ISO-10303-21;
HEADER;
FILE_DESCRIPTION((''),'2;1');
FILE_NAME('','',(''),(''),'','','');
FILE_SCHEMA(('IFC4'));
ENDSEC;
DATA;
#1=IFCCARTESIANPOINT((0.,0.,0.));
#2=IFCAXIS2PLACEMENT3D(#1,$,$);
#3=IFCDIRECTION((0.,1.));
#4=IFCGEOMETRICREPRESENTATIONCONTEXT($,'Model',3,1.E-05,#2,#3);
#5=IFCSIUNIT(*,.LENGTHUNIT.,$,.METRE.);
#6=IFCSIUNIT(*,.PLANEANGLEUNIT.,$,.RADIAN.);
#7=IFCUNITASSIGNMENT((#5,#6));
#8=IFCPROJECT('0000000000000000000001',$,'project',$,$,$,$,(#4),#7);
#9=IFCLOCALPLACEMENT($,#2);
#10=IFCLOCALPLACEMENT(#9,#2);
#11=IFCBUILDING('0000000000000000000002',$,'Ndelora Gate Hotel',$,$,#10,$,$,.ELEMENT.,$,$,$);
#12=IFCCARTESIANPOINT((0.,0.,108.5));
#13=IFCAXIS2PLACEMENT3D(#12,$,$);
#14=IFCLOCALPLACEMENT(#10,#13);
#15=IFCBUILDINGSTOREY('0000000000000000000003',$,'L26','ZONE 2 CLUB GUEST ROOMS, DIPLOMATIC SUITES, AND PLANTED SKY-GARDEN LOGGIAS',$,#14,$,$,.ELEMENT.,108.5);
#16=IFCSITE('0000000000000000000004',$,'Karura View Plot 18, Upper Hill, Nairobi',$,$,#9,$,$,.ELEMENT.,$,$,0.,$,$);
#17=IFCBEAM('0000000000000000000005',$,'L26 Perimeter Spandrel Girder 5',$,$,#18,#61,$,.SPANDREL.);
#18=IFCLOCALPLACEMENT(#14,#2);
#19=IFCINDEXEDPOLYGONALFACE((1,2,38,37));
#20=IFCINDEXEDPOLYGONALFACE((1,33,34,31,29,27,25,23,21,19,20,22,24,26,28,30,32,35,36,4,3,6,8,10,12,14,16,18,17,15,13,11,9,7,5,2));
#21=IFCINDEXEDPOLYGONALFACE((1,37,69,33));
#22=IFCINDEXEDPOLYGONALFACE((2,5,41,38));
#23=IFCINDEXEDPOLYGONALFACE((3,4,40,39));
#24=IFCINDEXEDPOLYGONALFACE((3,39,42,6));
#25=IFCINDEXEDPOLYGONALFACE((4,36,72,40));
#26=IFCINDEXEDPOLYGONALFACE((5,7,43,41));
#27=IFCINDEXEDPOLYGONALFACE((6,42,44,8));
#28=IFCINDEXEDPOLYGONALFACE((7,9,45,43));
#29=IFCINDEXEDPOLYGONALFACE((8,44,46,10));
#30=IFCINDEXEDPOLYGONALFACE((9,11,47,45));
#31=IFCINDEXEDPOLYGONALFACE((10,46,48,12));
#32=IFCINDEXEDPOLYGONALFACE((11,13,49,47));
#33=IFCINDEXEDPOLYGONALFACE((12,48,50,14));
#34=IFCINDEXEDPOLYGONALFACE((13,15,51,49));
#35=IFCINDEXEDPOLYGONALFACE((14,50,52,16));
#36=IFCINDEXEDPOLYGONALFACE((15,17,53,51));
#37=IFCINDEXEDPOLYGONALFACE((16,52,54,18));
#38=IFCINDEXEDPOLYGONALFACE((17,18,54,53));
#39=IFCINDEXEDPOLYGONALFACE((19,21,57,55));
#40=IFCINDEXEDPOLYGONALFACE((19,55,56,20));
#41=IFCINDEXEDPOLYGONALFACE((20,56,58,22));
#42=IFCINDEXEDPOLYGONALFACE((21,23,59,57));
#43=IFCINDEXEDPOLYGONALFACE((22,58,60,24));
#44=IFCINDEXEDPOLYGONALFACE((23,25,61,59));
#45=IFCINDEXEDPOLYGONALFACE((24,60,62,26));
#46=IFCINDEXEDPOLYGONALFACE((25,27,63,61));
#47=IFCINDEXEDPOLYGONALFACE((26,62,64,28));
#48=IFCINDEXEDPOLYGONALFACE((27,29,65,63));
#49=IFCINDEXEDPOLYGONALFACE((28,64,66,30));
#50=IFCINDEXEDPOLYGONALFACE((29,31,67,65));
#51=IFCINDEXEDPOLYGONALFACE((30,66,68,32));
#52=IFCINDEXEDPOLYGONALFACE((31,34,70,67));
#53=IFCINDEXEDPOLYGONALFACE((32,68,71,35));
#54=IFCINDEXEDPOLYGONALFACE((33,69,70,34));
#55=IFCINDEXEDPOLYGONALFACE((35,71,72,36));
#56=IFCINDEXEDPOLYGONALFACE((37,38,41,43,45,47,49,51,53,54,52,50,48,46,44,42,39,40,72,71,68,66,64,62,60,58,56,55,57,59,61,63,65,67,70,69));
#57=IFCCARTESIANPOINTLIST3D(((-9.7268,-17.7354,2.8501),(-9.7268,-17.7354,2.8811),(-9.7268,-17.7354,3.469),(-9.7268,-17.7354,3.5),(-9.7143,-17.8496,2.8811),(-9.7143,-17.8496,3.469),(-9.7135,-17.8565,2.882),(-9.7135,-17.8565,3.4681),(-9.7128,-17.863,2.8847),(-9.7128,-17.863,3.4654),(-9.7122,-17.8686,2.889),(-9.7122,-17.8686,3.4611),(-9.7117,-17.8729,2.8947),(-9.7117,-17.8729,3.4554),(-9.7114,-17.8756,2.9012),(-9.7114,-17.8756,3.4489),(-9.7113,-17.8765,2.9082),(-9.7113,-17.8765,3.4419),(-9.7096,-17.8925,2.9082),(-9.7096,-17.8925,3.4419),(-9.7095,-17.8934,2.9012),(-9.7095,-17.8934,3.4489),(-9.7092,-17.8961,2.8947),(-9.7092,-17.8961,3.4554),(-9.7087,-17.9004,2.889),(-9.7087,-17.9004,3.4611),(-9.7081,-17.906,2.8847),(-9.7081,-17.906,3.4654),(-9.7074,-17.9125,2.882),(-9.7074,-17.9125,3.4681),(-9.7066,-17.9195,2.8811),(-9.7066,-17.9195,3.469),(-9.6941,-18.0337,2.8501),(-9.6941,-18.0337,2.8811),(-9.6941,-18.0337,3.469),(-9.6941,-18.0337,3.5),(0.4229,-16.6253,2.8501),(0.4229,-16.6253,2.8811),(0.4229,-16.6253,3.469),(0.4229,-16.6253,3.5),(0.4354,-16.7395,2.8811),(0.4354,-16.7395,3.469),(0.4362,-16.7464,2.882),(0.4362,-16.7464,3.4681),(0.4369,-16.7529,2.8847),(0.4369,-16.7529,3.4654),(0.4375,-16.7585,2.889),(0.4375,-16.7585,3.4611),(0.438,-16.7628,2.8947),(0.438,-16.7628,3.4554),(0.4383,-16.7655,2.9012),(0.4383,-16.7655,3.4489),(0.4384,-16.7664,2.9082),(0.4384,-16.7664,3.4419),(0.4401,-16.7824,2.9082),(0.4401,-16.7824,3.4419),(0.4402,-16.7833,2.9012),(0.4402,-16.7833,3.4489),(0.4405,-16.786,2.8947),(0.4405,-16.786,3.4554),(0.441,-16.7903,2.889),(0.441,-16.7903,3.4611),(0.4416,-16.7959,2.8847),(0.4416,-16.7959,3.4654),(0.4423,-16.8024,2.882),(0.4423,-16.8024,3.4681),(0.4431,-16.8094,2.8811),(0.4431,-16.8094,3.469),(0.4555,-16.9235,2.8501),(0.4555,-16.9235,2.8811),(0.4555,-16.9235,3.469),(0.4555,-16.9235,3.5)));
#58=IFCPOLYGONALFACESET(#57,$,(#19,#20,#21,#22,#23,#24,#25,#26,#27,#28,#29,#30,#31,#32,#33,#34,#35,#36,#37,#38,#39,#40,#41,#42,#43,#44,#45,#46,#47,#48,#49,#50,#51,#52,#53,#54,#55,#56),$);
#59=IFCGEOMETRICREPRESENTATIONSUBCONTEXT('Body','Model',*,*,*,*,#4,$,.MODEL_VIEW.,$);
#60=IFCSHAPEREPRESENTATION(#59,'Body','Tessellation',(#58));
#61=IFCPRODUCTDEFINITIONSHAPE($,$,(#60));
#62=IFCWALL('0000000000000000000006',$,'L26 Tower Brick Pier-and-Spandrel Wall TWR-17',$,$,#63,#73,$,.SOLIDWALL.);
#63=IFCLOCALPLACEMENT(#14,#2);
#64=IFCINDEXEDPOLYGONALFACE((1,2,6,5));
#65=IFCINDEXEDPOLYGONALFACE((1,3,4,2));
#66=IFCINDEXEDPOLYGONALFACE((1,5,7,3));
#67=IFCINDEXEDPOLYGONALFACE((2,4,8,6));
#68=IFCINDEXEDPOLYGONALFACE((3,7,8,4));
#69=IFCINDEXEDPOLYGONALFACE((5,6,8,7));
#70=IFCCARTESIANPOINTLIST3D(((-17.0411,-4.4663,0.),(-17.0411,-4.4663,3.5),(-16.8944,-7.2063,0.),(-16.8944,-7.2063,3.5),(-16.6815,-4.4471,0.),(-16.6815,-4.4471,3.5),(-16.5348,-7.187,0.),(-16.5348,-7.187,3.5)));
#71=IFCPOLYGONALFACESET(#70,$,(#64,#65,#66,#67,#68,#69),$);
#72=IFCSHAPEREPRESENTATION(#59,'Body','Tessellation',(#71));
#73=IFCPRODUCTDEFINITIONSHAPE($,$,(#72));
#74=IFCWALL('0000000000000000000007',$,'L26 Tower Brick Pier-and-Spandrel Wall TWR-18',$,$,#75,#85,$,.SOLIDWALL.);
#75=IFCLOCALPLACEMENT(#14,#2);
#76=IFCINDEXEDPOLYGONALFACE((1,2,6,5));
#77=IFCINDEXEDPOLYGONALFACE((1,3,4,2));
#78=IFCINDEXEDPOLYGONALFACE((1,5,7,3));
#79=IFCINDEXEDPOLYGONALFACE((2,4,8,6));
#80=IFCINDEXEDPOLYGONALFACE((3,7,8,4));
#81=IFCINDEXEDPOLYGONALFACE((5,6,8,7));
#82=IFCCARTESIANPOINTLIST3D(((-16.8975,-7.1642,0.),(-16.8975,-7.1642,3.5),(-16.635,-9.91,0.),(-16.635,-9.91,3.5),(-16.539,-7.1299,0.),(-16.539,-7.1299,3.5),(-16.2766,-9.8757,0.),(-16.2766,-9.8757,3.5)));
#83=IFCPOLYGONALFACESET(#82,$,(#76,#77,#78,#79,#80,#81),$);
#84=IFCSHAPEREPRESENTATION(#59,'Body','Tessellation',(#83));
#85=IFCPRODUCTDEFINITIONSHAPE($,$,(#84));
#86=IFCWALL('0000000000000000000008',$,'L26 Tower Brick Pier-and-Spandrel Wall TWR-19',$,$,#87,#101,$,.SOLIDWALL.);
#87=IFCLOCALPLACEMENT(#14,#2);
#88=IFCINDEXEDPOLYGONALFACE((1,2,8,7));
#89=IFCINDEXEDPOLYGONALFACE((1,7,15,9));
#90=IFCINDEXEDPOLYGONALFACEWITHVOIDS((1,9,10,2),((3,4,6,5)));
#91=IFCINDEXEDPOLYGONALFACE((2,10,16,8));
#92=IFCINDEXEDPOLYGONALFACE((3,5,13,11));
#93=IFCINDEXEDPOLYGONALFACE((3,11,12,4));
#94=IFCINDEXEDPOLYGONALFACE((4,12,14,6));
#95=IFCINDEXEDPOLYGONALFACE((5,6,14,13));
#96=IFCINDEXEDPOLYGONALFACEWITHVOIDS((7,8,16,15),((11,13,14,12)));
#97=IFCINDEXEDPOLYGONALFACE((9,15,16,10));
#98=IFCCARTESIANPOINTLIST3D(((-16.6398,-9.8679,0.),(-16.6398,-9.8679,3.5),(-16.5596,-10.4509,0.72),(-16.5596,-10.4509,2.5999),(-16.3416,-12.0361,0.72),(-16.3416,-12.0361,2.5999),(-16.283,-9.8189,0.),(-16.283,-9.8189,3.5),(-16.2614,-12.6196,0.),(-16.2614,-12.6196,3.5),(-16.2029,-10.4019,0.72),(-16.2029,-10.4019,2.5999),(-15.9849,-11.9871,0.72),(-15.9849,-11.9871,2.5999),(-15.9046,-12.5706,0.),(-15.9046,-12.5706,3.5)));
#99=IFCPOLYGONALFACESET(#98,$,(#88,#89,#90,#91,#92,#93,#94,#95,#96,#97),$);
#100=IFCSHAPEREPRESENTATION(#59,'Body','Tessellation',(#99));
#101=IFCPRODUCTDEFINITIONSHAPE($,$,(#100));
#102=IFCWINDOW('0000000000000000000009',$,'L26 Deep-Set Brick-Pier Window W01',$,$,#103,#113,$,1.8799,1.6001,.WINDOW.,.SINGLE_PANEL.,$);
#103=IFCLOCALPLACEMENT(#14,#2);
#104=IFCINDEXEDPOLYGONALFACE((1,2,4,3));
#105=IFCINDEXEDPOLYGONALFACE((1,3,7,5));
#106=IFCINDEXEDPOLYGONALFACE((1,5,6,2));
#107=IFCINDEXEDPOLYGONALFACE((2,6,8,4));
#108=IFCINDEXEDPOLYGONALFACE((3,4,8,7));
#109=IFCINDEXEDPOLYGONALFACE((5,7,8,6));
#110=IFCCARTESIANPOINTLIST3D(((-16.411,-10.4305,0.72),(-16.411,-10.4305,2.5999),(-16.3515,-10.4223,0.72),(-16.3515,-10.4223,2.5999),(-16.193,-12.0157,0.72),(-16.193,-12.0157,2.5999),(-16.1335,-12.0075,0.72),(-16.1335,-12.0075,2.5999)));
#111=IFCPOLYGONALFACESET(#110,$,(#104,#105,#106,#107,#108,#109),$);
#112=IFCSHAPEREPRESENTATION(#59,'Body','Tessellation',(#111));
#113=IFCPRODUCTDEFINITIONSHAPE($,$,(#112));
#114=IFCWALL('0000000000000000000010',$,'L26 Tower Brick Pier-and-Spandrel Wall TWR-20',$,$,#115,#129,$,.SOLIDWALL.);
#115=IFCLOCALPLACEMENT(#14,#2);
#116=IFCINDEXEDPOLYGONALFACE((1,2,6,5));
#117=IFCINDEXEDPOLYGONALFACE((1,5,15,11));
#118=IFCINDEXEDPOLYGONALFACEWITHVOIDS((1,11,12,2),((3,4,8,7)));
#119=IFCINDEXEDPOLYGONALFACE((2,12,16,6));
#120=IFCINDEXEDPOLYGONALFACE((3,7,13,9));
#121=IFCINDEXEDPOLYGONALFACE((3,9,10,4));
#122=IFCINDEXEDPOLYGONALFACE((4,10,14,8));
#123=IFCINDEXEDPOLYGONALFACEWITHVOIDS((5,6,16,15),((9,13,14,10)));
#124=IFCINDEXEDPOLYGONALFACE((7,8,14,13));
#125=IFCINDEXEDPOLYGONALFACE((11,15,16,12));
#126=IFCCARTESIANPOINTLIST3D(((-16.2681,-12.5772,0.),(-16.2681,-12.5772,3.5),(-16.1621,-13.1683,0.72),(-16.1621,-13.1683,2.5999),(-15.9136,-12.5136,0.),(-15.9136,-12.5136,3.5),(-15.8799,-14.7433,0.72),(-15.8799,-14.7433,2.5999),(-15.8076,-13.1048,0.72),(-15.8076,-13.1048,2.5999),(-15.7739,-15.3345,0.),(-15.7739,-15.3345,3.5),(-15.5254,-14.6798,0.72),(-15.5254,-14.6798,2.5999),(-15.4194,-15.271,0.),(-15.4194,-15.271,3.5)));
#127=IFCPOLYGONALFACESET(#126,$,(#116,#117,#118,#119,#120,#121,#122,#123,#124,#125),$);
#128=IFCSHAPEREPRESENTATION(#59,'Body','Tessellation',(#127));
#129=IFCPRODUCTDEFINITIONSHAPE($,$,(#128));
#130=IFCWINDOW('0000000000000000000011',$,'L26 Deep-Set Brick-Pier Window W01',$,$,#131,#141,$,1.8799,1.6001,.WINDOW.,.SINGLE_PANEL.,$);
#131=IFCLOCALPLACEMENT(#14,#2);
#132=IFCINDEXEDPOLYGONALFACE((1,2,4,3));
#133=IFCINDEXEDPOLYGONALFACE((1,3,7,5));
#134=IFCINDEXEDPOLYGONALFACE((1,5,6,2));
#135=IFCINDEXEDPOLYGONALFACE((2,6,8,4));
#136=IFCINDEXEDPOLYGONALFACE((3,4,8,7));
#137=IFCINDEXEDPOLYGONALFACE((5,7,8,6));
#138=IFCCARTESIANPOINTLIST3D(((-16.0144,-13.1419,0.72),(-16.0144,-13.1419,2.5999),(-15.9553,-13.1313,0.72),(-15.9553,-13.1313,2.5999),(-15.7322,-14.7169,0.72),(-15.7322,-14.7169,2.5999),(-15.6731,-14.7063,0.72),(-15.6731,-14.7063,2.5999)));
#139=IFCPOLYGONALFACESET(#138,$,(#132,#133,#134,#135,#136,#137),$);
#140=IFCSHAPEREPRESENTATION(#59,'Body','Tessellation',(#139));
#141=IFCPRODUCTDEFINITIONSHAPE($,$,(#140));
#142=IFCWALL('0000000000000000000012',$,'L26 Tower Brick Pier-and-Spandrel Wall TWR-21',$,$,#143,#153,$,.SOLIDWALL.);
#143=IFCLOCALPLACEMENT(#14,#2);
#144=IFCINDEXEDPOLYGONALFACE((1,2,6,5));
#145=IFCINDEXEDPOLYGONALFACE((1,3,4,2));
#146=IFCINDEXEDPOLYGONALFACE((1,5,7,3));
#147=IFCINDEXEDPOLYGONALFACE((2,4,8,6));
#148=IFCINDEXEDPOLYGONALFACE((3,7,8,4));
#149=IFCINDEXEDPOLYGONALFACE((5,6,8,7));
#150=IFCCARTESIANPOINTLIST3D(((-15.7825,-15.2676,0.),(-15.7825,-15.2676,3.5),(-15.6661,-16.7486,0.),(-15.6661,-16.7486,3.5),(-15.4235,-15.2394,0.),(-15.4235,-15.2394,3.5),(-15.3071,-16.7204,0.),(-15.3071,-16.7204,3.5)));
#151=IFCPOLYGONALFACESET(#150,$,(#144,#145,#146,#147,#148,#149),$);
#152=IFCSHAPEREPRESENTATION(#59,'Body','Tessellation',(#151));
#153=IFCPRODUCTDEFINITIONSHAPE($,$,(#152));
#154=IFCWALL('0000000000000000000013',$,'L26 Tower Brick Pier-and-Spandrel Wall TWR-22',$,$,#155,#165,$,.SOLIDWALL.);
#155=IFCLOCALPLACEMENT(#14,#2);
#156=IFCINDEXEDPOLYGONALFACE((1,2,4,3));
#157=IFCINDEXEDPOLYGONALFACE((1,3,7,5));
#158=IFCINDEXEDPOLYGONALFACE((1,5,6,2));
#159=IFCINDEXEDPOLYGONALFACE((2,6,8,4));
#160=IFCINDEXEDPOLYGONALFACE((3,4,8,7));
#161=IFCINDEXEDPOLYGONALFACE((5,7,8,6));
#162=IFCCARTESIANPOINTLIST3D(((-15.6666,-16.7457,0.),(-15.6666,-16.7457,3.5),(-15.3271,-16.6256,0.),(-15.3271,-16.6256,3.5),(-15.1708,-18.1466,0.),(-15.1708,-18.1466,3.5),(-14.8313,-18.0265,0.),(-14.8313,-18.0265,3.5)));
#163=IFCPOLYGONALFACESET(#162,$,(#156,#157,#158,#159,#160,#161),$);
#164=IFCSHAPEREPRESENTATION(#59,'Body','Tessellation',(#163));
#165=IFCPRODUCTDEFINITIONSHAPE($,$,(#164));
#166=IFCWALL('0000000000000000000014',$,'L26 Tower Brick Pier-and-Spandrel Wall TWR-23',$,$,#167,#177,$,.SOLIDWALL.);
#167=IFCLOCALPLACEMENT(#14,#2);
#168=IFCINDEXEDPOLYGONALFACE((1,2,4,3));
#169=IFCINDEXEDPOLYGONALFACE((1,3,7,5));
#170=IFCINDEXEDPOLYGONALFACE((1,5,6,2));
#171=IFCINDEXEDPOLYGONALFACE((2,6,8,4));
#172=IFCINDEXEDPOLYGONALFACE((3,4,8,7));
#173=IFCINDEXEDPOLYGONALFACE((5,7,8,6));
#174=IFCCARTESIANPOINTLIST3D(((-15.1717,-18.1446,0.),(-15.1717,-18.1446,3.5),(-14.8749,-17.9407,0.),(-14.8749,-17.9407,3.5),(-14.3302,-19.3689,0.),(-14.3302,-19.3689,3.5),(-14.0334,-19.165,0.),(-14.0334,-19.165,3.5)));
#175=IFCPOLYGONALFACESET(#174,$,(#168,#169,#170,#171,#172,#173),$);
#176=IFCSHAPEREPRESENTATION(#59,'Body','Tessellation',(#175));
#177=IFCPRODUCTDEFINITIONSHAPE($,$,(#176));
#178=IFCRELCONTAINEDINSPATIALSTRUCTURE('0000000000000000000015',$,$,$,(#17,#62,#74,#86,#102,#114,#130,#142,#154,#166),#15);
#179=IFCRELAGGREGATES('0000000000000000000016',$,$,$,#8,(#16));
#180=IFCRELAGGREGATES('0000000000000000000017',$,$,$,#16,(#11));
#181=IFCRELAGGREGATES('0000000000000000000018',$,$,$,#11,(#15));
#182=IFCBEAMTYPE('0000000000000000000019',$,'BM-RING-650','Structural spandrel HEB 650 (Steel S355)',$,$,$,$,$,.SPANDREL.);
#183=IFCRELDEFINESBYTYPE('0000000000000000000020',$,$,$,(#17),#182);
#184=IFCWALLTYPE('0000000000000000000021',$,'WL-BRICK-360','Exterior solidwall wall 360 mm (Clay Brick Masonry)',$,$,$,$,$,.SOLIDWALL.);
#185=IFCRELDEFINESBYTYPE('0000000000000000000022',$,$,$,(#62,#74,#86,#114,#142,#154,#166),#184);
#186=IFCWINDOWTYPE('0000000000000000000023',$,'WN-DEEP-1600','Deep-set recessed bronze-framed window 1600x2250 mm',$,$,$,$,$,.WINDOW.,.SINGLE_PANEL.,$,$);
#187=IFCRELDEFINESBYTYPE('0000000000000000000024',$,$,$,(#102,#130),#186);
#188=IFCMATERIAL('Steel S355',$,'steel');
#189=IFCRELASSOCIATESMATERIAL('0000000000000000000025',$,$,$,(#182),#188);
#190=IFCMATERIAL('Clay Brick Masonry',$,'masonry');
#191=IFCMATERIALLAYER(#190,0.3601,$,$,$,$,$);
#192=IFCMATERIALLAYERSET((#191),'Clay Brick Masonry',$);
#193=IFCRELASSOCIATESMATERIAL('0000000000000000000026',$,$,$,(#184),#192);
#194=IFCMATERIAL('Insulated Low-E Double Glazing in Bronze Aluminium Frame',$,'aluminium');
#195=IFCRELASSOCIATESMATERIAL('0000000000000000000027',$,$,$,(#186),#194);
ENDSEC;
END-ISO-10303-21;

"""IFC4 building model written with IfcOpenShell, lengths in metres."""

from ifc_helpers import new_model, si_unit, direction, frame, frame_2d, origin, origin_2d, place, context, subcontext, project, spatial, rectangle, i_section, extrude, material, layer, layer_set, material_profile, profile_set, type_object, element, fill, save


model = new_model("IFC4")

# Units and contexts
model_context = context("Model", 3, precision=1e-05, world=origin(), true_north=direction((0.0, 1.0)))
body_context = subcontext(model_context, "Body", "Model", "MODEL_VIEW")
ifc_project = project(units=[si_unit("LENGTHUNIT", "METRE"), si_unit("PLANEANGLEUNIT", "RADIAN")], contexts=[model_context])

# Site, building, storey
site_placement = place(None, origin())
site = spatial("IfcSite", under=ifc_project, at=site_placement, Name="Karura View Plot 18, Upper Hill, Nairobi", CompositionType="ELEMENT", RefElevation=0.0)
building_placement = place(site_placement, origin())
building = spatial("IfcBuilding", under=site, at=building_placement, Name="Ndelora Gate Hotel", CompositionType="ELEMENT")
storey_placement = place(building_placement, frame((0.0, 0.0, 108.5)))
storey = spatial("IfcBuildingStorey", under=building, at=storey_placement, Name="L26", Description="ZONE 2 CLUB GUEST ROOMS, DIPLOMATIC SUITES, AND PLANTED SKY-GARDEN LOGGIAS", CompositionType="ELEMENT", Elevation=108.5)

# Beam
ifc_material_1 = material(Name="Steel S355", Category="steel")
ifc_material_profile_1 = material_profile(ifc_material_1, i_section(OverallWidth=0.3, OverallDepth=0.6499, WebThickness=0.0161, FlangeThickness=0.031, FilletRadius=0.0271, at=origin_2d()), Name="HEB 650")
ifc_profile_set_1 = profile_set([ifc_material_profile_1], Name="Steel S355")
beam_type_1 = type_object("IfcBeamType", Name="BM-RING-650", Description="Structural spandrel HEB 650 (Steel S355)", PredefinedType="SPANDREL", material=ifc_profile_set_1)
for number, where, z_axis, x_axis, name in (
    (1, (-9.7104, -17.8845, 3.175), (0.994072, 0.108725, 0.0), (-0.108725, 0.994072, 0.0), "L26 Perimeter Spandrel Girder 5"),
):
    element("IfcBeam", number, at=place(storey_placement, frame(where, z_axis=z_axis, x_axis=x_axis)), inside=storey, type_object=beam_type_1, Name=name, PredefinedType="SPANDREL", context=body_context, shape_type="SweptSolid", body=[
        extrude(i_section(OverallWidth=0.3, OverallDepth=0.6499, WebThickness=0.0161, FlangeThickness=0.031, FilletRadius=0.0271, at=origin_2d()), origin(), (0.0, 0.0, 1.0), 10.2102),
    ])

# Walls
ifc_material_2 = material(Name="Clay Brick Masonry", Category="masonry")
ifc_layer_1 = layer(ifc_material_2, 0.3601)
ifc_layer_set_1 = layer_set([ifc_layer_1], Name="Clay Brick Masonry")
wall_type = type_object("IfcWallType", Name="WL-BRICK-360", Description="Exterior solidwall wall 360 mm (Clay Brick Masonry)", PredefinedType="SOLIDWALL", material=ifc_layer_set_1)
wall_1_placement = place(storey_placement, frame((-16.7146, -7.1968, 0.0), z_axis=(0.0, 0.0, 1.0), x_axis=(-0.053474, 0.998569, 0.0)))
element("IfcWall", 2, at=wall_1_placement, inside=storey, type_object=wall_type, Name="L26 Tower Brick Pier-and-Spandrel Wall TWR-17", PredefinedType="SOLIDWALL", context=body_context, shape_type="SweptSolid", body=[
    extrude(rectangle(XDim=2.7439, YDim=0.3601, at=frame_2d((1.3721, 0.0))), origin(), (0.0, 0.0, 1.0), 3.5),
])
wall_2_placement = place(storey_placement, frame((-16.4558, -9.8928, 0.0), z_axis=(0.0, 0.0, 1.0), x_axis=(-0.095147, 0.995463, 0.0)))
element("IfcWall", 3, at=wall_2_placement, inside=storey, type_object=wall_type, Name="L26 Tower Brick Pier-and-Spandrel Wall TWR-18", PredefinedType="SOLIDWALL", context=body_context, shape_type="SweptSolid", body=[
    extrude(rectangle(XDim=2.7583, YDim=0.3601, at=frame_2d((1.3792, 0.0))), origin(), (0.0, 0.0, 1.0), 3.5),
])

# Walls, openings, windows
wall_3_placement = place(storey_placement, frame((-16.083, -12.595, 0.0), z_axis=(0.0, 0.0, 1.0), x_axis=(-0.136239, 0.990676, 0.0)))
wall_3 = element("IfcWall", 4, at=wall_3_placement, inside=storey, type_object=wall_type, Name="L26 Tower Brick Pier-and-Spandrel Wall TWR-19", PredefinedType="SOLIDWALL", context=body_context, shape_type="SweptSolid", body=[
    extrude(rectangle(XDim=2.7776, YDim=0.3601, at=frame_2d((1.3887, 0.0))), origin(), (0.0, 0.0, 1.0), 3.5),
])
opening_1_placement = place(wall_3_placement, frame((0.5889, 0.0, 0.72)))
opening_1 = element("IfcOpeningElement", 5, at=opening_1_placement, cuts=wall_3, PredefinedType="OPENING", context=body_context, shape_type="SweptSolid", body=[
    extrude(rectangle(XDim=1.6001, YDim=1.8799, at=frame_2d((0.8, 0.9399))), frame((0.0, 0.1899, 0.0), z_axis=(0.0, -1.0, 0.0), x_axis=(1.0, 0.0, 0.0)), (0.0, 0.0, 1.0), 0.3801),
])
ifc_material_3 = material(Name="Insulated Low-E Double Glazing in Bronze Aluminium Frame", Category="aluminium")
window_type = type_object("IfcWindowType", Name="WN-DEEP-1600", Description="Deep-set recessed bronze-framed window 1600x2250 mm", PartitioningType="SINGLE_PANEL", PredefinedType="WINDOW", material=ifc_material_3)
window_1_placement = place(opening_1_placement, origin())
window_1 = element("IfcWindow", 6, at=window_1_placement, inside=storey, type_object=window_type, Name="L26 Deep-Set Brick-Pier Window W01", OverallHeight=1.8799, OverallWidth=1.6001, PartitioningType="SINGLE_PANEL", PredefinedType="WINDOW", context=body_context, shape_type="SweptSolid", body=[
    extrude(rectangle(XDim=1.6001, YDim=1.8799, at=frame_2d((0.8, 0.9399))), frame((0.0, 0.03, 0.0), z_axis=(0.0, -1.0, 0.0), x_axis=(1.0, 0.0, 0.0)), (0.0, 0.0, 1.0), 0.0601),
])
fill(opening_1, window_1)
wall_4_placement = place(storey_placement, frame((-15.5967, -15.3027, 0.0), z_axis=(0.0, 0.0, 1.0), x_axis=(-0.1764, 0.984319, 0.0)))
wall_4 = element("IfcWall", 7, at=wall_4_placement, inside=storey, type_object=wall_type, Name="L26 Tower Brick Pier-and-Spandrel Wall TWR-20", PredefinedType="SOLIDWALL", context=body_context, shape_type="SweptSolid", body=[
    extrude(rectangle(XDim=2.8013, YDim=0.3601, at=frame_2d((1.4006, 0.0))), origin(), (0.0, 0.0, 1.0), 3.5),
])
opening_2_placement = place(wall_4_placement, frame((0.6006, 0.0, 0.72)))
opening_2 = element("IfcOpeningElement", 8, at=opening_2_placement, cuts=wall_4, PredefinedType="OPENING", context=body_context, shape_type="SweptSolid", body=[
    extrude(rectangle(XDim=1.6001, YDim=1.8799, at=frame_2d((0.8, 0.9399))), frame((0.0, 0.1899, 0.0), z_axis=(0.0, -1.0, 0.0), x_axis=(1.0, 0.0, 0.0)), (0.0, 0.0, 1.0), 0.3801),
])
window_2_placement = place(opening_2_placement, origin())
window_2 = element("IfcWindow", 9, at=window_2_placement, inside=storey, type_object=window_type, Name="L26 Deep-Set Brick-Pier Window W01", OverallHeight=1.8799, OverallWidth=1.6001, PartitioningType="SINGLE_PANEL", PredefinedType="WINDOW", context=body_context, shape_type="SweptSolid", body=[
    extrude(rectangle(XDim=1.6001, YDim=1.8799, at=frame_2d((0.8, 0.9399))), frame((0.0, 0.03, 0.0), z_axis=(0.0, -1.0, 0.0), x_axis=(1.0, 0.0, 0.0)), (0.0, 0.0, 1.0), 0.0601),
])
fill(opening_2, window_2)

# Walls
wall_5_placement = place(storey_placement, frame((-15.4866, -16.7344, 0.0), z_axis=(0.0, 0.0, 1.0), x_axis=(-0.078393, 0.996923, 0.0)))
element("IfcWall", 10, at=wall_5_placement, inside=storey, type_object=wall_type, Name="L26 Tower Brick Pier-and-Spandrel Wall TWR-21", PredefinedType="SOLIDWALL", context=body_context, shape_type="SweptSolid", body=[
    extrude(rectangle(XDim=1.4856, YDim=0.3601, at=frame_2d((0.7427, 0.0))), origin(), (0.0, 0.0, 1.0), 3.5),
])
wall_6_placement = place(storey_placement, frame((-15.001, -18.0867, 0.0), z_axis=(0.0, 0.0, 1.0), x_axis=(-0.333671, 0.94269, 0.0)))
element("IfcWall", 11, at=wall_6_placement, inside=storey, type_object=wall_type, Name="L26 Tower Brick Pier-and-Spandrel Wall TWR-22", PredefinedType="SOLIDWALL", context=body_context, shape_type="SweptSolid", body=[
    extrude(rectangle(XDim=1.4861, YDim=0.3601, at=frame_2d((0.7432, 0.0))), origin(), (0.0, 0.0, 1.0), 3.5),
])
wall_7_placement = place(storey_placement, frame((-14.1819, -19.2668, 0.0), z_axis=(0.0, 0.0, 1.0), x_axis=(-0.566438, 0.824104, 0.0)))
element("IfcWall", 12, at=wall_7_placement, inside=storey, type_object=wall_type, Name="L26 Tower Brick Pier-and-Spandrel Wall TWR-23", PredefinedType="SOLIDWALL", context=body_context, shape_type="SweptSolid", body=[
    extrude(rectangle(XDim=1.4856, YDim=0.3601, at=frame_2d((0.7427, 0.0))), origin(), (0.0, 0.0, 1.0), 3.5),
])

save(model, "model.ifc")
